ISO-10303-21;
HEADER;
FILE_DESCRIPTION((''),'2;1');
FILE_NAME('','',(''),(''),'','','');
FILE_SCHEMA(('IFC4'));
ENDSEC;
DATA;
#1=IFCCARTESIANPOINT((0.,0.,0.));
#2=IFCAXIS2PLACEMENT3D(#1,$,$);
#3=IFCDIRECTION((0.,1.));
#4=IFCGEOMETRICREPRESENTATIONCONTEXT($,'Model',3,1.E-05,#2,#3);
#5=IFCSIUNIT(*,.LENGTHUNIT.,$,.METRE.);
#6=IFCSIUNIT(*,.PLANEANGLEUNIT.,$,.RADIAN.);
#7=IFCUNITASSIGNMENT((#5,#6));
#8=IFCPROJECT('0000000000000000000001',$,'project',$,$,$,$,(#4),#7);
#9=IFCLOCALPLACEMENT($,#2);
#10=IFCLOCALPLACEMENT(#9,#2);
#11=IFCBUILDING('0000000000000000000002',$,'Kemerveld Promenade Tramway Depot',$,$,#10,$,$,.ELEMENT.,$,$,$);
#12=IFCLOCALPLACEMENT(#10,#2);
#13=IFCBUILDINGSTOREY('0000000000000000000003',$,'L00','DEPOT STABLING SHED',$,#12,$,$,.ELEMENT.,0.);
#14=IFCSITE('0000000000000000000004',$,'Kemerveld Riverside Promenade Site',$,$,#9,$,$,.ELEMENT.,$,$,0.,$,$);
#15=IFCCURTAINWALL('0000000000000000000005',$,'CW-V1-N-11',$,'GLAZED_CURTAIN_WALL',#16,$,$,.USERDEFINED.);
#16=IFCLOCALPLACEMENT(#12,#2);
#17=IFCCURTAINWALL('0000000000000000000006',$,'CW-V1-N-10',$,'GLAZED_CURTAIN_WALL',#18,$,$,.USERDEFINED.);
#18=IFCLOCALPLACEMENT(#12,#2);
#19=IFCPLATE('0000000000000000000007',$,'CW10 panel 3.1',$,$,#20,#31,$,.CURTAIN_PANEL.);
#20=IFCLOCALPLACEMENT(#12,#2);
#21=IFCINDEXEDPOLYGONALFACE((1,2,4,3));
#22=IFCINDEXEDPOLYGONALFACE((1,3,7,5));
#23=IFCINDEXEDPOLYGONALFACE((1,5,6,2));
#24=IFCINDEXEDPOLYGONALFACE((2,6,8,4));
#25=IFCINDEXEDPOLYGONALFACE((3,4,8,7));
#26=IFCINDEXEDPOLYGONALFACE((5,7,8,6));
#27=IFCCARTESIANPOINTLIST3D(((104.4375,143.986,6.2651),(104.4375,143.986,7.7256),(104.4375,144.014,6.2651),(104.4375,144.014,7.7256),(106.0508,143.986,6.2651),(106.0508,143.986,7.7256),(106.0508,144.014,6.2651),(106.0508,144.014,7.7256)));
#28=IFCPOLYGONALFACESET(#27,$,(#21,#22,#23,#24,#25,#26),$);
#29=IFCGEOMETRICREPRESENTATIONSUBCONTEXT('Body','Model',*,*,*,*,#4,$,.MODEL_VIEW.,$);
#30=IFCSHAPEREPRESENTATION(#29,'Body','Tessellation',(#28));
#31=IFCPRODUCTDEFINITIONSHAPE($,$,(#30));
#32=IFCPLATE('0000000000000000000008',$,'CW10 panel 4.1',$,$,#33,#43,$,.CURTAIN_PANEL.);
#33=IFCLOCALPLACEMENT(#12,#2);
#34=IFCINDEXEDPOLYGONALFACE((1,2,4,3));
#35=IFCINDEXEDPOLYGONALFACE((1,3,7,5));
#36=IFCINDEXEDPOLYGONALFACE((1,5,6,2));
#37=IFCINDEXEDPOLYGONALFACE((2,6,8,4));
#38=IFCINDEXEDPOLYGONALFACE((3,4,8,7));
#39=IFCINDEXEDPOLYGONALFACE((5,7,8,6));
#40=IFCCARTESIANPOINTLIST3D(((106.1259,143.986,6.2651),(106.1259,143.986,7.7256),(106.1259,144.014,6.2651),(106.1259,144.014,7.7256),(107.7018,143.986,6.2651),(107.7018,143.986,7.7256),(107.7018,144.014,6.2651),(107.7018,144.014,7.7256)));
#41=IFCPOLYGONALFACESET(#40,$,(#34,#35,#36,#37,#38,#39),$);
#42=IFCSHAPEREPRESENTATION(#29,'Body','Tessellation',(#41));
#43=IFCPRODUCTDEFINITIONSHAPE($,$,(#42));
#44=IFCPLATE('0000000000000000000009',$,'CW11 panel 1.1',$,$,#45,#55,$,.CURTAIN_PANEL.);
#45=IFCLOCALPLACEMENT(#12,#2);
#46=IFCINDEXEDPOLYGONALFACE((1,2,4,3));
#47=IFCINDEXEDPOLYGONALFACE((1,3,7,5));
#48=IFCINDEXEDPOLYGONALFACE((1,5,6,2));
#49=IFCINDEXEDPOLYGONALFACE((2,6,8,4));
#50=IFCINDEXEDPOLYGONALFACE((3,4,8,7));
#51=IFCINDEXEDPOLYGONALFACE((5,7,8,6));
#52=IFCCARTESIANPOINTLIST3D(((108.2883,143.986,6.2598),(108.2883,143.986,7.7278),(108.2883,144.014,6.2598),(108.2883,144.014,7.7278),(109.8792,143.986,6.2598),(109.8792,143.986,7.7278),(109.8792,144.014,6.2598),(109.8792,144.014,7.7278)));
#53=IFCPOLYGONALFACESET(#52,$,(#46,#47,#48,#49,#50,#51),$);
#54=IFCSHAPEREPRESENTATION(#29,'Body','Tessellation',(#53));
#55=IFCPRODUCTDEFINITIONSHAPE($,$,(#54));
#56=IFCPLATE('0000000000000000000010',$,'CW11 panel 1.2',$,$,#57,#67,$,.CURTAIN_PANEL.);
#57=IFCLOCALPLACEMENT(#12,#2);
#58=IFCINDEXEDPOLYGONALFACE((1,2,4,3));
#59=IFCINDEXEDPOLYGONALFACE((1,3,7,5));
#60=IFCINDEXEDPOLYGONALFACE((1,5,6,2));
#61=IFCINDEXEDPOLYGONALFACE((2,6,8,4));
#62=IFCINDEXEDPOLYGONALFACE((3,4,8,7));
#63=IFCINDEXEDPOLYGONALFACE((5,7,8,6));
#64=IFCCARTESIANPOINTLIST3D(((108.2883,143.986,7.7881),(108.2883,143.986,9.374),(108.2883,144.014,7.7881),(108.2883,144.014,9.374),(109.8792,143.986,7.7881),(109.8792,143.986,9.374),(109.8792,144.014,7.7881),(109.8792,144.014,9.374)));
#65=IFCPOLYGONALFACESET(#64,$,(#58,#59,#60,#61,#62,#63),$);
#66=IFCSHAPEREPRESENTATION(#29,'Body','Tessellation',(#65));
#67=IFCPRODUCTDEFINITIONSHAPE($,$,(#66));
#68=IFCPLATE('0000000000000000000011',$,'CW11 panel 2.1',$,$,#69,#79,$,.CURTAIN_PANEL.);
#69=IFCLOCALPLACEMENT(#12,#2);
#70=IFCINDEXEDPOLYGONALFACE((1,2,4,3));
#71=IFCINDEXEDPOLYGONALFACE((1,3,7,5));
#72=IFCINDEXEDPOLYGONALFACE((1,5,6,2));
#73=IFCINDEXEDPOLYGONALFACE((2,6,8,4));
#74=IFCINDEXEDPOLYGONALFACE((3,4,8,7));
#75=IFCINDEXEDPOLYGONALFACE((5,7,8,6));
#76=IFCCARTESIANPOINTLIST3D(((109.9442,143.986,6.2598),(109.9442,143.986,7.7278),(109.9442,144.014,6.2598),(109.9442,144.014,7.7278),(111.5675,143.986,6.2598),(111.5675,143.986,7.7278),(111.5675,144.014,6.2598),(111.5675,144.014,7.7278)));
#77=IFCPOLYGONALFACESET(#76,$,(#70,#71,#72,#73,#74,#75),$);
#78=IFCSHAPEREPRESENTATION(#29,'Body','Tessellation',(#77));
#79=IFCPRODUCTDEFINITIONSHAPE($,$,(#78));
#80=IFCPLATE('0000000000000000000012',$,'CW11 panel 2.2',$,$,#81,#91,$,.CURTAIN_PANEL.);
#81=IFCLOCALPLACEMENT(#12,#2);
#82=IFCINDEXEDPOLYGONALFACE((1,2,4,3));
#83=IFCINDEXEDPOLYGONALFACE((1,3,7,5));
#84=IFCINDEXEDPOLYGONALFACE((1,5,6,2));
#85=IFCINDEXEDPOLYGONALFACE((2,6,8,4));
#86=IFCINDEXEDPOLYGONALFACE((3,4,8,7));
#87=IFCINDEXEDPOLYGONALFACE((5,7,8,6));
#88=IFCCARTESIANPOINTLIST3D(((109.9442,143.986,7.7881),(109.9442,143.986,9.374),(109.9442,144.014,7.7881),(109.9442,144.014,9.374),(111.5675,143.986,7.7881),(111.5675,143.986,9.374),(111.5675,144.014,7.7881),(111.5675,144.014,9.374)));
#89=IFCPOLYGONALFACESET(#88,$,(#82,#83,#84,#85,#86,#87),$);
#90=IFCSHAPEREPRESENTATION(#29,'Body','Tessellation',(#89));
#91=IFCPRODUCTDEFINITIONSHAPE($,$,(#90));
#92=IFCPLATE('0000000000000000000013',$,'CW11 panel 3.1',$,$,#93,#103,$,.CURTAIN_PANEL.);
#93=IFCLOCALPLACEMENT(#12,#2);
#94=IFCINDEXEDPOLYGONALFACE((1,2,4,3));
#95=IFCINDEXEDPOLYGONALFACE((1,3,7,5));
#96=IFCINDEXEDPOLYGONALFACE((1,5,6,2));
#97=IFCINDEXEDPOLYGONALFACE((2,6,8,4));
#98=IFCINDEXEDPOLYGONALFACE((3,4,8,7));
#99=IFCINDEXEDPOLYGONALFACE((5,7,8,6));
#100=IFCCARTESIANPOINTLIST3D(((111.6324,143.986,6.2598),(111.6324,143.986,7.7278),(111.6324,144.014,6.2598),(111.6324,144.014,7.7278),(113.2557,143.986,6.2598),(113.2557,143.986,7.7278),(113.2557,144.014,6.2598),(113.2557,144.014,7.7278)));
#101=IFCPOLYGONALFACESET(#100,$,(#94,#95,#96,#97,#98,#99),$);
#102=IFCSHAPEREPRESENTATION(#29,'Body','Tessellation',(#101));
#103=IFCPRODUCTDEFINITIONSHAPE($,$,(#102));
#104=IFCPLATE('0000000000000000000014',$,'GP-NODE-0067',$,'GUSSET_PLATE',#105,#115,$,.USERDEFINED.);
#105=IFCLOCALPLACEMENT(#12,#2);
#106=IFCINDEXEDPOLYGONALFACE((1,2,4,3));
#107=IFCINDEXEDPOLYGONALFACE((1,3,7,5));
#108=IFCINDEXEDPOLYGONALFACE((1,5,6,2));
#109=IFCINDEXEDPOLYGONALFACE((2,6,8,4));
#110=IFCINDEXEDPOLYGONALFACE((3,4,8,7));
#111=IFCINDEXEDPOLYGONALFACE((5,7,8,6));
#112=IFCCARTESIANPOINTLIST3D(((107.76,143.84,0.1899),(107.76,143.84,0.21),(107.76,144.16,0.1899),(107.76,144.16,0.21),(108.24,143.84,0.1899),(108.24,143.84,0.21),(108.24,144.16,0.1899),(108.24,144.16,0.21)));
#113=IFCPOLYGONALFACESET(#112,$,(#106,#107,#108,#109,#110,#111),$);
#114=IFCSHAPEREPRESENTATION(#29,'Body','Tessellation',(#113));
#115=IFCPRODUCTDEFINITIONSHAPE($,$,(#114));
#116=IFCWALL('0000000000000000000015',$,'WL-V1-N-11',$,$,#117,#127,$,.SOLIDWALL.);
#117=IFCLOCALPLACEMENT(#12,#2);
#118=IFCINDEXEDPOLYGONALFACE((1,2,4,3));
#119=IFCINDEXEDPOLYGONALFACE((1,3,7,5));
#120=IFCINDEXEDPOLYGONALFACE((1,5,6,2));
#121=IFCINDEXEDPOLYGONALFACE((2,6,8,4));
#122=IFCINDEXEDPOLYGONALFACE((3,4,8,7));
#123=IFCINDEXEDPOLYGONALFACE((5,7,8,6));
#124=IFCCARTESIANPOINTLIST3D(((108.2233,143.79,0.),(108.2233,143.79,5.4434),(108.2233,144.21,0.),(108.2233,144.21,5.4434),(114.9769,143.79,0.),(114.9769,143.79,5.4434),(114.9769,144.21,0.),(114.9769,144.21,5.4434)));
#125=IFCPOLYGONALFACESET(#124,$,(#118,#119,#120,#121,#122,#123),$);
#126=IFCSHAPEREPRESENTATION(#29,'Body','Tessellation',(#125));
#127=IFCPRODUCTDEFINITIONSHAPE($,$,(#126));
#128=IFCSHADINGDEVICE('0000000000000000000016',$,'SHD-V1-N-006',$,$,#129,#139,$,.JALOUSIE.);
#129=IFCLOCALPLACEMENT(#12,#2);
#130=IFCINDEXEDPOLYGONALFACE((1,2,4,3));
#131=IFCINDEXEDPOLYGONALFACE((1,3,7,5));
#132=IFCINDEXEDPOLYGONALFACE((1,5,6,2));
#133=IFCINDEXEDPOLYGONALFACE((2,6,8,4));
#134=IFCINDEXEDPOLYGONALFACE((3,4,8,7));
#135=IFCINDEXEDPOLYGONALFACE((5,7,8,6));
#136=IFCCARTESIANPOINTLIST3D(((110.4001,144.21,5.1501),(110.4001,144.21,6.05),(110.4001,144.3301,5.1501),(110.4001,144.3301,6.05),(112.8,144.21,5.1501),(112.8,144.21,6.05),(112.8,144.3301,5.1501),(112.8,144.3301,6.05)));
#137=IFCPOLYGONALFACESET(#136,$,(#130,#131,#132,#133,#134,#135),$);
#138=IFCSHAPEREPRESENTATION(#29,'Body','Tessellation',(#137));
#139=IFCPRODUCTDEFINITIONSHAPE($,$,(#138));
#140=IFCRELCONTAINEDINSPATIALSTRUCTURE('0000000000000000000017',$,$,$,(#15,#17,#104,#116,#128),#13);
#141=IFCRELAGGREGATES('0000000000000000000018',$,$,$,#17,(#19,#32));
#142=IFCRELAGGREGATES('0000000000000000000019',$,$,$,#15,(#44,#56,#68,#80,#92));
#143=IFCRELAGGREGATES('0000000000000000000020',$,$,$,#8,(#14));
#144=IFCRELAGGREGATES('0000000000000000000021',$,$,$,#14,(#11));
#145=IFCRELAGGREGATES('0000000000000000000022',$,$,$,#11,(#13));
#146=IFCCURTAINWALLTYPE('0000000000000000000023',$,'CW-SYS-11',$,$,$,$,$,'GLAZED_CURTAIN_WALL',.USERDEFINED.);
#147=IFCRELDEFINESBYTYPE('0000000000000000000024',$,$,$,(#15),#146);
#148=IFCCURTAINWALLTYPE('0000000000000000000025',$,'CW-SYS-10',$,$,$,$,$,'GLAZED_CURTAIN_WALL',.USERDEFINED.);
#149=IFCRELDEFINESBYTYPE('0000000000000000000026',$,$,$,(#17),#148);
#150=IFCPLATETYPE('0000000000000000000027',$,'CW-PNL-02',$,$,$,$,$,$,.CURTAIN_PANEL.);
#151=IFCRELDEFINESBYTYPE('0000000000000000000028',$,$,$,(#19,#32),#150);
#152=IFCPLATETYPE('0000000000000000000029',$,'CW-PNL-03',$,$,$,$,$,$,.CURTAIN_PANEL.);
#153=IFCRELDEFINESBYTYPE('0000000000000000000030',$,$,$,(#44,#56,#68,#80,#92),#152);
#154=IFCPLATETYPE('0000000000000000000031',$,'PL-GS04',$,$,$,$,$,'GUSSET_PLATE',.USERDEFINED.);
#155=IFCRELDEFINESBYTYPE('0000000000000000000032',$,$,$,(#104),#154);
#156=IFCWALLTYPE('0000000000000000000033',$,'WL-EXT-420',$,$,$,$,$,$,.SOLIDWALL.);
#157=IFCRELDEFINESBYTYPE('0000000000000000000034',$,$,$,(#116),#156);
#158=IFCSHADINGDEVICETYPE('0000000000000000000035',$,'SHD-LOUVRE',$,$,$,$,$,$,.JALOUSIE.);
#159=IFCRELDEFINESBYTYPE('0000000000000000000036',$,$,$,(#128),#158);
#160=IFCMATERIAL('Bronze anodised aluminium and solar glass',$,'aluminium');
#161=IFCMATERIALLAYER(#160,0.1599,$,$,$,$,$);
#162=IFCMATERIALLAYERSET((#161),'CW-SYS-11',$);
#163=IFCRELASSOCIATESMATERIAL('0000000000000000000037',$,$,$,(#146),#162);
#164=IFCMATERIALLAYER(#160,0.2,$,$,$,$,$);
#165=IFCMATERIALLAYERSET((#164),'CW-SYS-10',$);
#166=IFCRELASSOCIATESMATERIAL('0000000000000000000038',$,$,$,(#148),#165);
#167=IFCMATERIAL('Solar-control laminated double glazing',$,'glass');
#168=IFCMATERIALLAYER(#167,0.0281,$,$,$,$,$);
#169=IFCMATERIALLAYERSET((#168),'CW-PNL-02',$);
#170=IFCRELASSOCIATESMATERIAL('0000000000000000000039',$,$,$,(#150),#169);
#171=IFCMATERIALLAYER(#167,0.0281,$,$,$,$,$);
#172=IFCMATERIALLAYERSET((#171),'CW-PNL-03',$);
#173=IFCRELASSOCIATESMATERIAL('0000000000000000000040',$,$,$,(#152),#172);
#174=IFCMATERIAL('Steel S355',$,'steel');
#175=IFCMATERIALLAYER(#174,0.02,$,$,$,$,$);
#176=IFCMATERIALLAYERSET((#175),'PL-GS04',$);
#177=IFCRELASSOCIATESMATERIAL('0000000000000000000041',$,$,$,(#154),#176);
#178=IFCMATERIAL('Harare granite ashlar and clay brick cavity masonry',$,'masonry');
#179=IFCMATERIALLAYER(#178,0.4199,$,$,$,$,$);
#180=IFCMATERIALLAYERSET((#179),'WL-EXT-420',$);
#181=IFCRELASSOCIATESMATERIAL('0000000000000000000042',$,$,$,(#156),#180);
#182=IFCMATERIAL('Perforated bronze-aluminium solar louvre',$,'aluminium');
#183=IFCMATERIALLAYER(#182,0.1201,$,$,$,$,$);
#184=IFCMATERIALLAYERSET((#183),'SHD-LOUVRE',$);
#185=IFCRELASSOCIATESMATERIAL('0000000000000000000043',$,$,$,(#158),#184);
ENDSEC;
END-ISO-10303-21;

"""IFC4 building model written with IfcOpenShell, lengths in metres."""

from ifc_helpers import new_model, si_unit, direction, frame, frame_2d, origin, origin_2d, place, context, subcontext, project, spatial, rectangle, extrude, material, layer, layer_set, type_object, element, aggregate, save


model = new_model("IFC4")

# Units and contexts
model_context = context("Model", 3, precision=1e-05, world=origin(), true_north=direction((0.0, 1.0)))
body_context = subcontext(model_context, "Body", "Model", "MODEL_VIEW")
ifc_project = project(units=[si_unit("LENGTHUNIT", "METRE"), si_unit("PLANEANGLEUNIT", "RADIAN")], contexts=[model_context])

# Site, building, storey
site_placement = place(None, origin())
site = spatial("IfcSite", under=ifc_project, at=site_placement, Name="Kemerveld Riverside Promenade Site", CompositionType="ELEMENT", RefElevation=0.0)
building_placement = place(site_placement, origin())
building = spatial("IfcBuilding", under=site, at=building_placement, Name="Kemerveld Promenade Tramway Depot", CompositionType="ELEMENT")
storey_placement = place(building_placement, origin())
storey = spatial("IfcBuildingStorey", under=building, at=storey_placement, Name="L00", Description="DEPOT STABLING SHED", CompositionType="ELEMENT", Elevation=0.0)

# Shared definitions
ifc_material_1 = material(Name="Steel S355", Category="steel")

# Curtain walls
ifc_material_2 = material(Name="Bronze anodised aluminium and solar glass", Category="aluminium")
ifc_layer_1 = layer(ifc_material_2, 0.1599)
ifc_layer_set_1 = layer_set([ifc_layer_1], Name="CW-SYS-11")
curtain_wall_type_1 = type_object("IfcCurtainWallType", Name="CW-SYS-11", ElementType="GLAZED_CURTAIN_WALL", PredefinedType="USERDEFINED", material=ifc_layer_set_1)
curtain_wall_1_placement = place(storey_placement, origin())
curtain_wall_1 = element("IfcCurtainWall", 1, at=curtain_wall_1_placement, inside=storey, type_object=curtain_wall_type_1, Name="CW-V1-N-11", ObjectType="GLAZED_CURTAIN_WALL", PredefinedType="USERDEFINED")
ifc_layer_2 = layer(ifc_material_2, 0.2)
ifc_layer_set_2 = layer_set([ifc_layer_2], Name="CW-SYS-10")
curtain_wall_type_2 = type_object("IfcCurtainWallType", Name="CW-SYS-10", ElementType="GLAZED_CURTAIN_WALL", PredefinedType="USERDEFINED", material=ifc_layer_set_2)
curtain_wall_2_placement = place(storey_placement, origin())
curtain_wall_2 = element("IfcCurtainWall", 2, at=curtain_wall_2_placement, inside=storey, type_object=curtain_wall_type_2, Name="CW-V1-N-10", ObjectType="GLAZED_CURTAIN_WALL", PredefinedType="USERDEFINED")

# Plates
ifc_material_3 = material(Name="Solar-control laminated double glazing", Category="glass")
ifc_layer_3 = layer(ifc_material_3, 0.0281)
ifc_layer_set_3 = layer_set([ifc_layer_3], Name="CW-PNL-02")
plate_type_1 = type_object("IfcPlateType", Name="CW-PNL-02", PredefinedType="CURTAIN_PANEL", material=ifc_layer_set_3)
plate_1_placement = place(storey_placement, frame((105.2441, 144.0, 6.2651), z_axis=(0.0, 0.0, 1.0), x_axis=(1.0, 0.0, 0.0)))
plate_1 = element("IfcPlate", 3, at=plate_1_placement, type_object=plate_type_1, Name="CW10 panel 3.1", PredefinedType="CURTAIN_PANEL", context=body_context, shape_type="SweptSolid", body=[
    extrude(rectangle(XDim=1.6133, YDim=0.0281, at=origin_2d()), origin(), (0.0, 0.0, 1.0), 1.4604),
])
plate_2_placement = place(storey_placement, frame((106.9138, 144.0, 6.2651), z_axis=(0.0, 0.0, 1.0), x_axis=(1.0, 0.0, 0.0)))
plate_2 = element("IfcPlate", 4, at=plate_2_placement, type_object=plate_type_1, Name="CW10 panel 4.1", PredefinedType="CURTAIN_PANEL", context=body_context, shape_type="SweptSolid", body=[
    extrude(rectangle(XDim=1.5759, YDim=0.0281, at=origin_2d()), origin(), (0.0, 0.0, 1.0), 1.4604),
])
aggregate(curtain_wall_2, [plate_1, plate_2])
ifc_layer_4 = layer(ifc_material_3, 0.0281)
ifc_layer_set_4 = layer_set([ifc_layer_4], Name="CW-PNL-03")
plate_type_2 = type_object("IfcPlateType", Name="CW-PNL-03", PredefinedType="CURTAIN_PANEL", material=ifc_layer_set_4)
plate_3_placement = place(storey_placement, frame((109.0837, 144.0, 6.2598), z_axis=(0.0, 0.0, 1.0), x_axis=(1.0, 0.0, 0.0)))
plate_3 = element("IfcPlate", 5, at=plate_3_placement, type_object=plate_type_2, Name="CW11 panel 1.1", PredefinedType="CURTAIN_PANEL", context=body_context, shape_type="SweptSolid", body=[
    extrude(rectangle(XDim=1.5908, YDim=0.0281, at=origin_2d()), origin(), (0.0, 0.0, 1.0), 1.468),
])
plate_4_placement = place(storey_placement, frame((109.0837, 144.0, 7.7881), z_axis=(0.0, 0.0, 1.0), x_axis=(1.0, 0.0, 0.0)))
plate_4 = element("IfcPlate", 6, at=plate_4_placement, type_object=plate_type_2, Name="CW11 panel 1.2", PredefinedType="CURTAIN_PANEL", context=body_context, shape_type="SweptSolid", body=[
    extrude(rectangle(XDim=1.5908, YDim=0.0281, at=origin_2d()), origin(), (0.0, 0.0, 1.0), 1.5859),
])
plate_5_placement = place(storey_placement, frame((110.7559, 144.0, 6.2598), z_axis=(0.0, 0.0, 1.0), x_axis=(1.0, 0.0, 0.0)))
plate_5 = element("IfcPlate", 7, at=plate_5_placement, type_object=plate_type_2, Name="CW11 panel 2.1", PredefinedType="CURTAIN_PANEL", context=body_context, shape_type="SweptSolid", body=[
    extrude(rectangle(XDim=1.6233, YDim=0.0281, at=origin_2d()), origin(), (0.0, 0.0, 1.0), 1.468),
])
plate_6_placement = place(storey_placement, frame((110.7559, 144.0, 7.7881), z_axis=(0.0, 0.0, 1.0), x_axis=(1.0, 0.0, 0.0)))
plate_6 = element("IfcPlate", 8, at=plate_6_placement, type_object=plate_type_2, Name="CW11 panel 2.2", PredefinedType="CURTAIN_PANEL", context=body_context, shape_type="SweptSolid", body=[
    extrude(rectangle(XDim=1.6233, YDim=0.0281, at=origin_2d()), origin(), (0.0, 0.0, 1.0), 1.5859),
])
plate_7_placement = place(storey_placement, frame((112.4441, 144.0, 6.2598), z_axis=(0.0, 0.0, 1.0), x_axis=(1.0, 0.0, 0.0)))
plate_7 = element("IfcPlate", 9, at=plate_7_placement, type_object=plate_type_2, Name="CW11 panel 3.1", PredefinedType="CURTAIN_PANEL", context=body_context, shape_type="SweptSolid", body=[
    extrude(rectangle(XDim=1.6233, YDim=0.0281, at=origin_2d()), origin(), (0.0, 0.0, 1.0), 1.468),
])
aggregate(curtain_wall_1, [plate_3, plate_4, plate_5, plate_6, plate_7])
ifc_layer_5 = layer(ifc_material_1, 0.02)
ifc_layer_set_5 = layer_set([ifc_layer_5], Name="PL-GS04")
plate_type_3 = type_object("IfcPlateType", Name="PL-GS04", ElementType="GUSSET_PLATE", PredefinedType="USERDEFINED", material=ifc_layer_set_5)
plate_8_placement = place(storey_placement, frame((108.0, 144.0, 0.1899), z_axis=(0.0, 0.0, 1.0), x_axis=(1.0, 0.0, 0.0)))
element("IfcPlate", 10, at=plate_8_placement, inside=storey, type_object=plate_type_3, Name="GP-NODE-0067", ObjectType="GUSSET_PLATE", PredefinedType="USERDEFINED", context=body_context, shape_type="SweptSolid", body=[
    extrude(rectangle(XDim=0.48, YDim=0.3201, at=origin_2d()), origin(), (0.0, 0.0, 1.0), 0.02),
])

# Wall
ifc_material_4 = material(Name="Harare granite ashlar and clay brick cavity masonry", Category="masonry")
ifc_layer_6 = layer(ifc_material_4, 0.4199)
ifc_layer_set_6 = layer_set([ifc_layer_6], Name="WL-EXT-420")
wall_type = type_object("IfcWallType", Name="WL-EXT-420", PredefinedType="SOLIDWALL", material=ifc_layer_set_6)
wall_placement = place(storey_placement, frame((108.2231, 144.0, 0.0), z_axis=(0.0, 0.0, 1.0), x_axis=(1.0, 0.0, 0.0)))
element("IfcWall", 11, at=wall_placement, inside=storey, type_object=wall_type, Name="WL-V1-N-11", PredefinedType="SOLIDWALL", context=body_context, shape_type="SweptSolid", body=[
    extrude(rectangle(XDim=6.7537, YDim=0.4199, at=frame_2d((3.377, 0.0))), origin(), (0.0, 0.0, 1.0), 5.4434),
])

# Shading device
ifc_material_5 = material(Name="Perforated bronze-aluminium solar louvre", Category="aluminium")
ifc_layer_7 = layer(ifc_material_5, 0.1201)
ifc_layer_set_7 = layer_set([ifc_layer_7], Name="SHD-LOUVRE")
shading_device_type = type_object("IfcShadingDeviceType", Name="SHD-LOUVRE", PredefinedType="JALOUSIE", material=ifc_layer_set_7)
shading_device_placement = place(storey_placement, frame((111.6001, 144.27, 5.1501), z_axis=(0.0, 0.0, 1.0), x_axis=(1.0, 0.0, 0.0)))
element("IfcShadingDevice", 12, at=shading_device_placement, inside=storey, type_object=shading_device_type, Name="SHD-V1-N-006", PredefinedType="JALOUSIE", context=body_context, shape_type="SweptSolid", body=[
    extrude(rectangle(XDim=2.3999, YDim=0.1201, at=origin_2d()), origin(), (0.0, 0.0, 1.0), 0.8999),
])

save(model, "model.ifc")
